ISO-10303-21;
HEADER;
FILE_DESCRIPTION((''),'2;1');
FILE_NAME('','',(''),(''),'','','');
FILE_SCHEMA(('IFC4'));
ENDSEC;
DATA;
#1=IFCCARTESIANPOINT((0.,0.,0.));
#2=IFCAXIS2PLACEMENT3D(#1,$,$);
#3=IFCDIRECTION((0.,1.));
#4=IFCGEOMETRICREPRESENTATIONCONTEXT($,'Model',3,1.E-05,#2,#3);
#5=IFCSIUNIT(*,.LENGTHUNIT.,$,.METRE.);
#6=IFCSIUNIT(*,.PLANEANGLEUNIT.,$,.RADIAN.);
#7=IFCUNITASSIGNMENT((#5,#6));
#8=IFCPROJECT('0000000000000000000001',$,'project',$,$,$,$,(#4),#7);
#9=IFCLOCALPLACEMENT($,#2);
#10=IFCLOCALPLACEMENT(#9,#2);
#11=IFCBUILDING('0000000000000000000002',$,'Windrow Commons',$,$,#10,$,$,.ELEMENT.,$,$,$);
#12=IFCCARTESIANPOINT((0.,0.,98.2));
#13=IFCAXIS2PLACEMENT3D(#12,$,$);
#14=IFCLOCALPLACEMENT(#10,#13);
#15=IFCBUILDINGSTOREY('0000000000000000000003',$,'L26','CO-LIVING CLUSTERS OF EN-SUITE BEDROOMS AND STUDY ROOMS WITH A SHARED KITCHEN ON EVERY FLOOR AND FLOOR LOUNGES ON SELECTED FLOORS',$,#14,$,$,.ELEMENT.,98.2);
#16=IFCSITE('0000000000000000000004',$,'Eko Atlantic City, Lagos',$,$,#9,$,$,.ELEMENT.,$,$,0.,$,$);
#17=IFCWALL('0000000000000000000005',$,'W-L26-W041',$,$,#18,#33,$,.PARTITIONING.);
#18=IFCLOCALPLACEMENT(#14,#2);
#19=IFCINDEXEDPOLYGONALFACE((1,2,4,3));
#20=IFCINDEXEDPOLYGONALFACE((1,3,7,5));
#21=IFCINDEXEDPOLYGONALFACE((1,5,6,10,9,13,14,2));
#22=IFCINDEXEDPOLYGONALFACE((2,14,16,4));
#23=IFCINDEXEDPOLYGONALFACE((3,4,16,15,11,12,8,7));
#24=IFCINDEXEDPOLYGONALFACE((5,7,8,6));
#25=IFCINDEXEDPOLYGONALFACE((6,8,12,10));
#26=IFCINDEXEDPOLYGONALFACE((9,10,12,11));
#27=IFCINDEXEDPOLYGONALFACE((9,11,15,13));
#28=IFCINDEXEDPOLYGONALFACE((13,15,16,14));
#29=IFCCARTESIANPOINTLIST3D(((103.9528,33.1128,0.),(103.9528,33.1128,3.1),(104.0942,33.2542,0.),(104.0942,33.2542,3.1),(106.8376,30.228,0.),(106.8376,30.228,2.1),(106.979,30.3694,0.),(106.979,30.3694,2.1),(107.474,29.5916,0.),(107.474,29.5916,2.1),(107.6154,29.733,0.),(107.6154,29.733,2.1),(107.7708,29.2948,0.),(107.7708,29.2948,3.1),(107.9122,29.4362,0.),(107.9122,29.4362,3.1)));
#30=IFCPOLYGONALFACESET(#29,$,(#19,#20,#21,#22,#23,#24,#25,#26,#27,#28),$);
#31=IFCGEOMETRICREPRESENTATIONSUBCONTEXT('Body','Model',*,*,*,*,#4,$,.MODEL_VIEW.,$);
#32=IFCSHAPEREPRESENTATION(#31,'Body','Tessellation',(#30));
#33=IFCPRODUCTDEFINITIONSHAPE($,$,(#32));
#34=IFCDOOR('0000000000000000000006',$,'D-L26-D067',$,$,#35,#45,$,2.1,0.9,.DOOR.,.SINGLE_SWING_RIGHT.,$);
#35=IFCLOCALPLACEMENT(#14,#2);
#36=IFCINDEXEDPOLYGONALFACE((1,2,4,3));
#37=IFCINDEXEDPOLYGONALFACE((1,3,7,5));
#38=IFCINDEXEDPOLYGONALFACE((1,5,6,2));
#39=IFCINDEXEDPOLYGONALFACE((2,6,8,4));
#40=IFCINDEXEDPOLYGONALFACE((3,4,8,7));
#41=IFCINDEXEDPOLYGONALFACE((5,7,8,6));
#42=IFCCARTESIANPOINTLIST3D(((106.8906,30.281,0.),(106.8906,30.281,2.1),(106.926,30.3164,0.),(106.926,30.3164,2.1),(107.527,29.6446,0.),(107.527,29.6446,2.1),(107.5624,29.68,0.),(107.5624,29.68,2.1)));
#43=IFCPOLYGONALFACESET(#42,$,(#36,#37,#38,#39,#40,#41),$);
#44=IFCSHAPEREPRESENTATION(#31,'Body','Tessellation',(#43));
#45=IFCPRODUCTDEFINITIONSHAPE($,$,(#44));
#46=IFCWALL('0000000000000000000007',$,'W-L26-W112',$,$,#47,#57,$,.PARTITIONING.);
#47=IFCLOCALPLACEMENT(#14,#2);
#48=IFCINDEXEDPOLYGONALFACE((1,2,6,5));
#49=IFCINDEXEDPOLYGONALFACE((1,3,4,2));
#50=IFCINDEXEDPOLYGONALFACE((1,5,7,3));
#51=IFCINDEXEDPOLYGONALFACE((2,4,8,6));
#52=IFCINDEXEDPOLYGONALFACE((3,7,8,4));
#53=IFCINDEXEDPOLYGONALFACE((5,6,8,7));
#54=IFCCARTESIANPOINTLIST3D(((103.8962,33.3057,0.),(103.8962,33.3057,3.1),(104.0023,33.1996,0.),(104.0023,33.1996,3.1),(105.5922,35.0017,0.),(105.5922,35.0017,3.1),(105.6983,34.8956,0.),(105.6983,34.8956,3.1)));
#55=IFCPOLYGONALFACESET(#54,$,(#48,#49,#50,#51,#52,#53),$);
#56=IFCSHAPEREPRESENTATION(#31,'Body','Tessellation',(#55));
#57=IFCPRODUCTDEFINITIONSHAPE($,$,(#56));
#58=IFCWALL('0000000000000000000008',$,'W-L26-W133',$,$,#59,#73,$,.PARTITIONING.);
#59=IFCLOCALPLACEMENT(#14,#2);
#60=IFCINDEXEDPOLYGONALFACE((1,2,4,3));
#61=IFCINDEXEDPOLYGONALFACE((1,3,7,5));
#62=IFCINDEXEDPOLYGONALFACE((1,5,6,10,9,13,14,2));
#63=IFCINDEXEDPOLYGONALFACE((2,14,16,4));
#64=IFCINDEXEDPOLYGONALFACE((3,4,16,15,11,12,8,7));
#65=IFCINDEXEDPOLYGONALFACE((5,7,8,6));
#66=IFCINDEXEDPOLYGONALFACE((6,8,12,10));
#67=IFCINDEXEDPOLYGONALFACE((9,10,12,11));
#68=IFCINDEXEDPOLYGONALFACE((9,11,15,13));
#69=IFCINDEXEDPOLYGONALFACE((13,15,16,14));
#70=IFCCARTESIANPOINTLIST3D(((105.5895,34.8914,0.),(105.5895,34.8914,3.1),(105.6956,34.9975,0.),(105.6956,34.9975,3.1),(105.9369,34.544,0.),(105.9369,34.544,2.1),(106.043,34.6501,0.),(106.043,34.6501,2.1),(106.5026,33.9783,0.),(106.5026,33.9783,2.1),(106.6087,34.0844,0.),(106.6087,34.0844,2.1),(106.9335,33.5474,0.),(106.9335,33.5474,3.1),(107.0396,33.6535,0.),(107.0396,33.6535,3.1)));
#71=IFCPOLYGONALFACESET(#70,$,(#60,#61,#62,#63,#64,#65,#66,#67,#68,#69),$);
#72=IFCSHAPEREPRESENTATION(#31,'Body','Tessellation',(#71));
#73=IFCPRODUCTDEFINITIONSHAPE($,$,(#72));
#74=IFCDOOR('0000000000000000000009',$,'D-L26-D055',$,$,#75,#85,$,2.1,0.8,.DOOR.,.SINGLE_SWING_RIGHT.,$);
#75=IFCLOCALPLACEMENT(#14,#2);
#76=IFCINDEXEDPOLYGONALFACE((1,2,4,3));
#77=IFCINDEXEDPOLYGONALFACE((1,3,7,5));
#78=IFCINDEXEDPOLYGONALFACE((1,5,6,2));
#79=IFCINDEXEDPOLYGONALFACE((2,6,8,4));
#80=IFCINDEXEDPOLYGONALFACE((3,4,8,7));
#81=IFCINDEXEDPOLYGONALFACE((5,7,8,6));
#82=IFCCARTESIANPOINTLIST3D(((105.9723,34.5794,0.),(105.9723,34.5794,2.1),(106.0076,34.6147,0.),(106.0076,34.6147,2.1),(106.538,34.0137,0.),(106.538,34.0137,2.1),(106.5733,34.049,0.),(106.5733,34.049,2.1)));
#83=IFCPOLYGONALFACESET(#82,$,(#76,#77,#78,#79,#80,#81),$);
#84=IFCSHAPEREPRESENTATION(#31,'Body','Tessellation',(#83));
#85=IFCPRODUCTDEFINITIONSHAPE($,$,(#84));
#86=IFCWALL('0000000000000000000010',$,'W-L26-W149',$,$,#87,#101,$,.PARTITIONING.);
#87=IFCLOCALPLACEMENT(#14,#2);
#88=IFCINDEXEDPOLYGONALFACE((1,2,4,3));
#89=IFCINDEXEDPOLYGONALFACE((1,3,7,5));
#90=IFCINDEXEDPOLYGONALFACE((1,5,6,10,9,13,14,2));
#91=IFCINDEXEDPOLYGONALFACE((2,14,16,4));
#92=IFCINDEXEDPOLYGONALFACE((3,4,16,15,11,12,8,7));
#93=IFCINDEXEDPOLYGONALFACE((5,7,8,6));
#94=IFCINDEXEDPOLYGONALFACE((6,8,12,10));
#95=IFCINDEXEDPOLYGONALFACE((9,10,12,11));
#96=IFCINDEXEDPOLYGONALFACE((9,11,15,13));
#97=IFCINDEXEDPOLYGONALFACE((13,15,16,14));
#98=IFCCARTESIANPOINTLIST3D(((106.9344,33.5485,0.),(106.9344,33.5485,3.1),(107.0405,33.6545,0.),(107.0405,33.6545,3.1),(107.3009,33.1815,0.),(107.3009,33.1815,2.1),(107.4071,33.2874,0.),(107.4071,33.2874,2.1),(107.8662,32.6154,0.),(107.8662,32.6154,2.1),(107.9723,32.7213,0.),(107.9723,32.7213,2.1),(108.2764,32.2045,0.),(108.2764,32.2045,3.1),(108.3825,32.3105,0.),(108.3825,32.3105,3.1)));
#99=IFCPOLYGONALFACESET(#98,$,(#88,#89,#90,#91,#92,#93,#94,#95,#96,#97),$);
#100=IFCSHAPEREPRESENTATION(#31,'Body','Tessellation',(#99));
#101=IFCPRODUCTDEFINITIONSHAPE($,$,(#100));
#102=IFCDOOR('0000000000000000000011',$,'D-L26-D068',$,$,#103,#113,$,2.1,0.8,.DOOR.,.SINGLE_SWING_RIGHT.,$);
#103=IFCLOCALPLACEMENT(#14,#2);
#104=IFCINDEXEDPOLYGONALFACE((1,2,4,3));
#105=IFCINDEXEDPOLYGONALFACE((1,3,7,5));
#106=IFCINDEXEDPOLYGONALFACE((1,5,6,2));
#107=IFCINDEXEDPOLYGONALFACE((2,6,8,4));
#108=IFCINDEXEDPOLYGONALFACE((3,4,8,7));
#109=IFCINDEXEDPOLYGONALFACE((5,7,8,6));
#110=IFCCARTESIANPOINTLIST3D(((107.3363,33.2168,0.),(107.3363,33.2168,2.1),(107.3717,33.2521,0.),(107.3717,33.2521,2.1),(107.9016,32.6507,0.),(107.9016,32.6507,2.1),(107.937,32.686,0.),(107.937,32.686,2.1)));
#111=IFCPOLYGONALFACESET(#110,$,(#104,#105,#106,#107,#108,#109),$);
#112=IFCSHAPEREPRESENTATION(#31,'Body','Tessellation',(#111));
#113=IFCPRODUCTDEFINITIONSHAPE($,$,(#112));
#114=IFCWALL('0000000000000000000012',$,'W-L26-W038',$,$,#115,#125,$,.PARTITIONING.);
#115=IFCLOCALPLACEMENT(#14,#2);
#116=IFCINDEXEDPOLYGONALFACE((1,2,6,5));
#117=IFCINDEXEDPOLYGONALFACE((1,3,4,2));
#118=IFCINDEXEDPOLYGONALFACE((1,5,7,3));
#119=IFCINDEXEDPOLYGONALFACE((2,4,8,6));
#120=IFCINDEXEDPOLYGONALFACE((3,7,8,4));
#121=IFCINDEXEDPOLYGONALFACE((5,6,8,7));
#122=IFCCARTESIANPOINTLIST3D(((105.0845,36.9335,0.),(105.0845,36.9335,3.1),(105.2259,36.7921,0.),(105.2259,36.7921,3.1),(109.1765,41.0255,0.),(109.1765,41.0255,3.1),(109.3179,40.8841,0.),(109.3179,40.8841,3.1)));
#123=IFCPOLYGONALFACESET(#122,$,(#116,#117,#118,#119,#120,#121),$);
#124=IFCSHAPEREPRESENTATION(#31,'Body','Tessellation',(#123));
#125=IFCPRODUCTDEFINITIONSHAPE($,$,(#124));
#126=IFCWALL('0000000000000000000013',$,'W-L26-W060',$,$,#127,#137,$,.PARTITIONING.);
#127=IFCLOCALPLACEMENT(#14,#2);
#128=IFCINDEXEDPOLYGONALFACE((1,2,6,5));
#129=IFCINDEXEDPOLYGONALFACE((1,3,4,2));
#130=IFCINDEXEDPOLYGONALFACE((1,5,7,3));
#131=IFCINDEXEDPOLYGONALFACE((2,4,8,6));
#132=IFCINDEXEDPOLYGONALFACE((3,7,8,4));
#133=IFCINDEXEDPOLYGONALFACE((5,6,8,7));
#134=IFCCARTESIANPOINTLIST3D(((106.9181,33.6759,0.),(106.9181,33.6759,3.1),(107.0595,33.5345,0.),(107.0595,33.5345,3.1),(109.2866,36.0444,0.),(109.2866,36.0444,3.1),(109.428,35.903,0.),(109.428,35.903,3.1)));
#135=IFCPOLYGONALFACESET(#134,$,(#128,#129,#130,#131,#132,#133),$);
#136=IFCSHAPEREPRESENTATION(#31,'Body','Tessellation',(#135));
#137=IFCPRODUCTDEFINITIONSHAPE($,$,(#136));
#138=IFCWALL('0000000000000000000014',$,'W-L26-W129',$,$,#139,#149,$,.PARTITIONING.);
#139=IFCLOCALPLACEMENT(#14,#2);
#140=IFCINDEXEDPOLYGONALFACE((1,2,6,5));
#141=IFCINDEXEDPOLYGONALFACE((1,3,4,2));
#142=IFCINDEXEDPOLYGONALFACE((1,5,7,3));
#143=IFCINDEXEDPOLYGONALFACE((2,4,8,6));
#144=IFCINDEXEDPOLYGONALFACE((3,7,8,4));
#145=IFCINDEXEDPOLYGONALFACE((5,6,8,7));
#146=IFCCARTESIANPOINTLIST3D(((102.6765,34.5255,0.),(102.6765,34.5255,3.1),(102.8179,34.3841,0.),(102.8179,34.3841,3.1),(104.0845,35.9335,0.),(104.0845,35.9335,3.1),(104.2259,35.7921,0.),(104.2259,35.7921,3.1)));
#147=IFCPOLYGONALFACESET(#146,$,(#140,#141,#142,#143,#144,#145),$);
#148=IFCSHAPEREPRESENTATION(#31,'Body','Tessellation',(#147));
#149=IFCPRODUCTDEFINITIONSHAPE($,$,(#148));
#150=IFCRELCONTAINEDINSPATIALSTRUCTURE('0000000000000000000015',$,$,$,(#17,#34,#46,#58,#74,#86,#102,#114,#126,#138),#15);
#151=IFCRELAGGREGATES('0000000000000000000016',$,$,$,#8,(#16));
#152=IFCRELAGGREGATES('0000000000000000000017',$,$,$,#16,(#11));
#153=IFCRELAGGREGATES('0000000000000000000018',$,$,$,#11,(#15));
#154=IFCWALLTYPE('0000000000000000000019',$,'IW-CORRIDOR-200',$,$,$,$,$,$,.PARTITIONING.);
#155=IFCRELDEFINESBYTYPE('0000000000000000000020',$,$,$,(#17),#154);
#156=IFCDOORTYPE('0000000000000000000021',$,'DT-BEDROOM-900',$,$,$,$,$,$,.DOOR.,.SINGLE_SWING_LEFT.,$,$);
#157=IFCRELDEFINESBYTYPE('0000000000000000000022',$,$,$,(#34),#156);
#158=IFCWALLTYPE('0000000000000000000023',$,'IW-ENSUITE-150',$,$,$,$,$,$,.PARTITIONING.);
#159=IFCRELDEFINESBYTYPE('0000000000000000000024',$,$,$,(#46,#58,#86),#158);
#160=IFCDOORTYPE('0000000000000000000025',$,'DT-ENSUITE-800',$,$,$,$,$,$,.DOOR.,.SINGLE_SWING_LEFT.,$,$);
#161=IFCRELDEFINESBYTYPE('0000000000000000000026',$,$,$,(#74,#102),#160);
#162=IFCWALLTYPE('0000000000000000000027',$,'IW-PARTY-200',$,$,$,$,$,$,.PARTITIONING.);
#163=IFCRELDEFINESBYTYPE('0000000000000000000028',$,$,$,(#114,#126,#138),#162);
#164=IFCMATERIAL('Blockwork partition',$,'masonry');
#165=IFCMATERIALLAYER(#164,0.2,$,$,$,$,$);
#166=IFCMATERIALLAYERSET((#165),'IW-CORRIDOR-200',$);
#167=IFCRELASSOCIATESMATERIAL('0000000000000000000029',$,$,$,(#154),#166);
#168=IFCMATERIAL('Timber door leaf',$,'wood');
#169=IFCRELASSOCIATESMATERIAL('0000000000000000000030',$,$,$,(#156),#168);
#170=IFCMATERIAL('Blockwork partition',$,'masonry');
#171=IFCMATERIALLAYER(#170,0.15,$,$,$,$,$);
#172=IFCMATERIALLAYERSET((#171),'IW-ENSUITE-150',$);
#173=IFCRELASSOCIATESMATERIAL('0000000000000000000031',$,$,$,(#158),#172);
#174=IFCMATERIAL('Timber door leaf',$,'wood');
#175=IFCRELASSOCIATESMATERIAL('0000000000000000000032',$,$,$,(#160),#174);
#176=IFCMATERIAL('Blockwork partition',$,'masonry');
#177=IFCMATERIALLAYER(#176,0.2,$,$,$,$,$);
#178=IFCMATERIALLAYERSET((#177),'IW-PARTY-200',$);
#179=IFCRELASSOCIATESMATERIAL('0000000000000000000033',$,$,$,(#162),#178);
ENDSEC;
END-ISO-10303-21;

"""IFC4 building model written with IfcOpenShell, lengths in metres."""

from ifc_helpers import new_model, si_unit, direction, frame, frame_2d, origin, place, context, subcontext, project, spatial, rectangle, extrude, material, layer, layer_set, type_object, element, fill, save


model = new_model("IFC4")

# Units and contexts
model_context = context("Model", 3, precision=1e-05, world=origin(), true_north=direction((0.0, 1.0)))
body_context = subcontext(model_context, "Body", "Model", "MODEL_VIEW")
ifc_project = project(units=[si_unit("LENGTHUNIT", "METRE"), si_unit("PLANEANGLEUNIT", "RADIAN")], contexts=[model_context])

# Site, building, storey
site_placement = place(None, origin())
site = spatial("IfcSite", under=ifc_project, at=site_placement, Name="Eko Atlantic City, Lagos", CompositionType="ELEMENT", RefElevation=0.0)
building_placement = place(site_placement, origin())
building = spatial("IfcBuilding", under=site, at=building_placement, Name="Windrow Commons", CompositionType="ELEMENT")
storey_placement = place(building_placement, frame((0.0, 0.0, 98.2)))
storey = spatial("IfcBuildingStorey", under=building, at=storey_placement, Name="L26", Description="CO-LIVING CLUSTERS OF EN-SUITE BEDROOMS AND STUDY ROOMS WITH A SHARED KITCHEN ON EVERY FLOOR AND FLOOR LOUNGES ON SELECTED FLOORS", CompositionType="ELEMENT", Elevation=98.2)

# Wall, opening, door
ifc_material_1 = material(Name="Blockwork partition", Category="masonry")
ifc_layer_1 = layer(ifc_material_1, 0.2)
ifc_layer_set_1 = layer_set([ifc_layer_1], Name="IW-CORRIDOR-200")
wall_type_1 = type_object("IfcWallType", Name="IW-CORRIDOR-200", PredefinedType="PARTITIONING", material=ifc_layer_set_1)
wall_1_placement = place(storey_placement, frame((104.0235, 33.1835, 0.0), z_axis=(0.0, 0.0, 1.0), x_axis=(0.707107, -0.707107, 0.0)))
wall_1 = element("IfcWall", 1, at=wall_1_placement, inside=storey, type_object=wall_type_1, Name="W-L26-W041", PredefinedType="PARTITIONING", context=body_context, shape_type="SweptSolid", body=[
    extrude(rectangle(XDim=5.3995, YDim=0.2, at=frame_2d((2.6997, 0.0))), origin(), (0.0, 0.0, 1.0), 3.1),
])
opening_1_placement = place(wall_1_placement, frame((4.0797, 0.0, 0.0)))
opening_1 = element("IfcOpeningElement", 2, at=opening_1_placement, cuts=wall_1, PredefinedType="OPENING", context=body_context, shape_type="SweptSolid", body=[
    extrude(rectangle(XDim=0.9, YDim=2.1, at=frame_2d((0.45, 1.05))), frame((0.0, 0.11, 0.0), z_axis=(0.0, -1.0, 0.0), x_axis=(1.0, 0.0, 0.0)), (0.0, 0.0, 1.0), 0.22),
])
ifc_material_2 = material(Name="Timber door leaf", Category="wood")
door_type_1 = type_object("IfcDoorType", Name="DT-BEDROOM-900", OperationType="SINGLE_SWING_LEFT", PredefinedType="DOOR", material=ifc_material_2)
door_1_placement = place(opening_1_placement, origin())
door_1 = element("IfcDoor", 3, at=door_1_placement, inside=storey, type_object=door_type_1, Name="D-L26-D067", OperationType="SINGLE_SWING_RIGHT", OverallHeight=2.1, OverallWidth=0.9, PredefinedType="DOOR", context=body_context, shape_type="SweptSolid", body=[
    extrude(rectangle(XDim=0.9, YDim=2.1, at=frame_2d((0.45, 1.05))), frame((0.0, 0.025, 0.0), z_axis=(0.0, -1.0, 0.0), x_axis=(1.0, 0.0, 0.0)), (0.0, 0.0, 1.0), 0.05),
])
fill(opening_1, door_1)

# Wall
ifc_material_3 = material(Name="Blockwork partition", Category="masonry")
ifc_layer_2 = layer(ifc_material_3, 0.15)
ifc_layer_set_2 = layer_set([ifc_layer_2], Name="IW-ENSUITE-150")
wall_type_2 = type_object("IfcWallType", Name="IW-ENSUITE-150", PredefinedType="PARTITIONING", material=ifc_layer_set_2)
wall_2_placement = place(storey_placement, frame((103.9493, 33.2527, 0.0), z_axis=(0.0, 0.0, 1.0), x_axis=(0.707107, 0.707107, 0.0)))
element("IfcWall", 4, at=wall_2_placement, inside=storey, type_object=wall_type_2, Name="W-L26-W112", PredefinedType="PARTITIONING", context=body_context, shape_type="SweptSolid", body=[
    extrude(rectangle(XDim=2.3985, YDim=0.15, at=frame_2d((1.1992, 0.0))), origin(), (0.0, 0.0, 1.0), 3.1),
])

# Walls, openings, doors
wall_3_placement = place(storey_placement, frame((105.6425, 34.9445, 0.0), z_axis=(0.0, 0.0, 1.0), x_axis=(0.707107, -0.707107, 0.0)))
wall_3 = element("IfcWall", 5, at=wall_3_placement, inside=storey, type_object=wall_type_2, Name="W-L26-W133", PredefinedType="PARTITIONING", context=body_context, shape_type="SweptSolid", body=[
    extrude(rectangle(XDim=1.9007, YDim=0.15, at=frame_2d((0.9504, 0.0))), origin(), (0.0, 0.0, 1.0), 3.1),
])
opening_2_placement = place(wall_3_placement, frame((0.4914, 0.0, 0.0)))
opening_2 = element("IfcOpeningElement", 6, at=opening_2_placement, cuts=wall_3, PredefinedType="OPENING", context=body_context, shape_type="SweptSolid", body=[
    extrude(rectangle(XDim=0.8, YDim=2.1, at=frame_2d((0.4, 1.05))), frame((0.0, 0.085, 0.0), z_axis=(0.0, -1.0, 0.0), x_axis=(1.0, 0.0, 0.0)), (0.0, 0.0, 1.0), 0.17),
])
ifc_material_4 = material(Name="Timber door leaf", Category="wood")
door_type_2 = type_object("IfcDoorType", Name="DT-ENSUITE-800", OperationType="SINGLE_SWING_LEFT", PredefinedType="DOOR", material=ifc_material_4)
door_2_placement = place(opening_2_placement, origin())
door_2 = element("IfcDoor", 7, at=door_2_placement, inside=storey, type_object=door_type_2, Name="D-L26-D055", OperationType="SINGLE_SWING_RIGHT", OverallHeight=2.1, OverallWidth=0.8, PredefinedType="DOOR", context=body_context, shape_type="SweptSolid", body=[
    extrude(rectangle(XDim=0.8, YDim=2.1, at=frame_2d((0.4, 1.05))), frame((0.0, 0.025, 0.0), z_axis=(0.0, -1.0, 0.0), x_axis=(1.0, 0.0, 0.0)), (0.0, 0.0, 1.0), 0.05),
])
fill(opening_2, door_2)
wall_4_placement = place(storey_placement, frame((106.9875, 33.6015, 0.0), z_axis=(0.0, 0.0, 1.0), x_axis=(0.70658, -0.707633, 0.0)))
wall_4 = element("IfcWall", 8, at=wall_4_placement, inside=storey, type_object=wall_type_2, Name="W-L26-W149", PredefinedType="PARTITIONING", context=body_context, shape_type="SweptSolid", body=[
    extrude(rectangle(XDim=1.8993, YDim=0.15, at=frame_2d((0.9496, 0.0))), origin(), (0.0, 0.0, 1.0), 3.1),
])
opening_3_placement = place(wall_4_placement, frame((0.5187, 0.0, 0.0)))
opening_3 = element("IfcOpeningElement", 9, at=opening_3_placement, cuts=wall_4, PredefinedType="OPENING", context=body_context, shape_type="SweptSolid", body=[
    extrude(rectangle(XDim=0.8, YDim=2.1, at=frame_2d((0.4, 1.05))), frame((0.0, 0.085, 0.0), z_axis=(0.0, -1.0, 0.0), x_axis=(1.0, 0.0, 0.0)), (0.0, 0.0, 1.0), 0.17),
])
door_3_placement = place(opening_3_placement, origin())
door_3 = element("IfcDoor", 10, at=door_3_placement, inside=storey, type_object=door_type_2, Name="D-L26-D068", OperationType="SINGLE_SWING_RIGHT", OverallHeight=2.1, OverallWidth=0.8, PredefinedType="DOOR", context=body_context, shape_type="SweptSolid", body=[
    extrude(rectangle(XDim=0.8, YDim=2.1, at=frame_2d((0.4, 1.05))), frame((0.0, 0.025, 0.0), z_axis=(0.0, -1.0, 0.0), x_axis=(1.0, 0.0, 0.0)), (0.0, 0.0, 1.0), 0.05),
])
fill(opening_3, door_3)

# Walls
ifc_material_5 = material(Name="Blockwork partition", Category="masonry")
ifc_layer_3 = layer(ifc_material_5, 0.2)
ifc_layer_set_3 = layer_set([ifc_layer_3], Name="IW-PARTY-200")
wall_type_3 = type_object("IfcWallType", Name="IW-PARTY-200", PredefinedType="PARTITIONING", material=ifc_layer_set_3)
wall_5_placement = place(storey_placement, frame((105.1552, 36.8628, 0.0), z_axis=(0.0, 0.0, 1.0), x_axis=(0.707107, 0.707107, 0.0)))
element("IfcWall", 11, at=wall_5_placement, inside=storey, type_object=wall_type_3, Name="W-L26-W038", PredefinedType="PARTITIONING", context=body_context, shape_type="SweptSolid", body=[
    extrude(rectangle(XDim=5.787, YDim=0.2, at=frame_2d((2.8935, 0.0))), origin(), (0.0, 0.0, 1.0), 3.1),
])
wall_6_placement = place(storey_placement, frame((106.9888, 33.6052, 0.0), z_axis=(0.0, 0.0, 1.0), x_axis=(0.707107, 0.707107, 0.0)))
element("IfcWall", 12, at=wall_6_placement, inside=storey, type_object=wall_type_3, Name="W-L26-W060", PredefinedType="PARTITIONING", context=body_context, shape_type="SweptSolid", body=[
    extrude(rectangle(XDim=3.3496, YDim=0.2, at=frame_2d((1.6748, 0.0))), origin(), (0.0, 0.0, 1.0), 3.1),
])
wall_7_placement = place(storey_placement, frame((102.7472, 34.4548, 0.0), z_axis=(0.0, 0.0, 1.0), x_axis=(0.707107, 0.707107, 0.0)))
element("IfcWall", 13, at=wall_7_placement, inside=storey, type_object=wall_type_3, Name="W-L26-W129", PredefinedType="PARTITIONING", context=body_context, shape_type="SweptSolid", body=[
    extrude(rectangle(XDim=1.9912, YDim=0.2, at=frame_2d((0.9956, 0.0))), origin(), (0.0, 0.0, 1.0), 3.1),
])

save(model, "model.ifc")
